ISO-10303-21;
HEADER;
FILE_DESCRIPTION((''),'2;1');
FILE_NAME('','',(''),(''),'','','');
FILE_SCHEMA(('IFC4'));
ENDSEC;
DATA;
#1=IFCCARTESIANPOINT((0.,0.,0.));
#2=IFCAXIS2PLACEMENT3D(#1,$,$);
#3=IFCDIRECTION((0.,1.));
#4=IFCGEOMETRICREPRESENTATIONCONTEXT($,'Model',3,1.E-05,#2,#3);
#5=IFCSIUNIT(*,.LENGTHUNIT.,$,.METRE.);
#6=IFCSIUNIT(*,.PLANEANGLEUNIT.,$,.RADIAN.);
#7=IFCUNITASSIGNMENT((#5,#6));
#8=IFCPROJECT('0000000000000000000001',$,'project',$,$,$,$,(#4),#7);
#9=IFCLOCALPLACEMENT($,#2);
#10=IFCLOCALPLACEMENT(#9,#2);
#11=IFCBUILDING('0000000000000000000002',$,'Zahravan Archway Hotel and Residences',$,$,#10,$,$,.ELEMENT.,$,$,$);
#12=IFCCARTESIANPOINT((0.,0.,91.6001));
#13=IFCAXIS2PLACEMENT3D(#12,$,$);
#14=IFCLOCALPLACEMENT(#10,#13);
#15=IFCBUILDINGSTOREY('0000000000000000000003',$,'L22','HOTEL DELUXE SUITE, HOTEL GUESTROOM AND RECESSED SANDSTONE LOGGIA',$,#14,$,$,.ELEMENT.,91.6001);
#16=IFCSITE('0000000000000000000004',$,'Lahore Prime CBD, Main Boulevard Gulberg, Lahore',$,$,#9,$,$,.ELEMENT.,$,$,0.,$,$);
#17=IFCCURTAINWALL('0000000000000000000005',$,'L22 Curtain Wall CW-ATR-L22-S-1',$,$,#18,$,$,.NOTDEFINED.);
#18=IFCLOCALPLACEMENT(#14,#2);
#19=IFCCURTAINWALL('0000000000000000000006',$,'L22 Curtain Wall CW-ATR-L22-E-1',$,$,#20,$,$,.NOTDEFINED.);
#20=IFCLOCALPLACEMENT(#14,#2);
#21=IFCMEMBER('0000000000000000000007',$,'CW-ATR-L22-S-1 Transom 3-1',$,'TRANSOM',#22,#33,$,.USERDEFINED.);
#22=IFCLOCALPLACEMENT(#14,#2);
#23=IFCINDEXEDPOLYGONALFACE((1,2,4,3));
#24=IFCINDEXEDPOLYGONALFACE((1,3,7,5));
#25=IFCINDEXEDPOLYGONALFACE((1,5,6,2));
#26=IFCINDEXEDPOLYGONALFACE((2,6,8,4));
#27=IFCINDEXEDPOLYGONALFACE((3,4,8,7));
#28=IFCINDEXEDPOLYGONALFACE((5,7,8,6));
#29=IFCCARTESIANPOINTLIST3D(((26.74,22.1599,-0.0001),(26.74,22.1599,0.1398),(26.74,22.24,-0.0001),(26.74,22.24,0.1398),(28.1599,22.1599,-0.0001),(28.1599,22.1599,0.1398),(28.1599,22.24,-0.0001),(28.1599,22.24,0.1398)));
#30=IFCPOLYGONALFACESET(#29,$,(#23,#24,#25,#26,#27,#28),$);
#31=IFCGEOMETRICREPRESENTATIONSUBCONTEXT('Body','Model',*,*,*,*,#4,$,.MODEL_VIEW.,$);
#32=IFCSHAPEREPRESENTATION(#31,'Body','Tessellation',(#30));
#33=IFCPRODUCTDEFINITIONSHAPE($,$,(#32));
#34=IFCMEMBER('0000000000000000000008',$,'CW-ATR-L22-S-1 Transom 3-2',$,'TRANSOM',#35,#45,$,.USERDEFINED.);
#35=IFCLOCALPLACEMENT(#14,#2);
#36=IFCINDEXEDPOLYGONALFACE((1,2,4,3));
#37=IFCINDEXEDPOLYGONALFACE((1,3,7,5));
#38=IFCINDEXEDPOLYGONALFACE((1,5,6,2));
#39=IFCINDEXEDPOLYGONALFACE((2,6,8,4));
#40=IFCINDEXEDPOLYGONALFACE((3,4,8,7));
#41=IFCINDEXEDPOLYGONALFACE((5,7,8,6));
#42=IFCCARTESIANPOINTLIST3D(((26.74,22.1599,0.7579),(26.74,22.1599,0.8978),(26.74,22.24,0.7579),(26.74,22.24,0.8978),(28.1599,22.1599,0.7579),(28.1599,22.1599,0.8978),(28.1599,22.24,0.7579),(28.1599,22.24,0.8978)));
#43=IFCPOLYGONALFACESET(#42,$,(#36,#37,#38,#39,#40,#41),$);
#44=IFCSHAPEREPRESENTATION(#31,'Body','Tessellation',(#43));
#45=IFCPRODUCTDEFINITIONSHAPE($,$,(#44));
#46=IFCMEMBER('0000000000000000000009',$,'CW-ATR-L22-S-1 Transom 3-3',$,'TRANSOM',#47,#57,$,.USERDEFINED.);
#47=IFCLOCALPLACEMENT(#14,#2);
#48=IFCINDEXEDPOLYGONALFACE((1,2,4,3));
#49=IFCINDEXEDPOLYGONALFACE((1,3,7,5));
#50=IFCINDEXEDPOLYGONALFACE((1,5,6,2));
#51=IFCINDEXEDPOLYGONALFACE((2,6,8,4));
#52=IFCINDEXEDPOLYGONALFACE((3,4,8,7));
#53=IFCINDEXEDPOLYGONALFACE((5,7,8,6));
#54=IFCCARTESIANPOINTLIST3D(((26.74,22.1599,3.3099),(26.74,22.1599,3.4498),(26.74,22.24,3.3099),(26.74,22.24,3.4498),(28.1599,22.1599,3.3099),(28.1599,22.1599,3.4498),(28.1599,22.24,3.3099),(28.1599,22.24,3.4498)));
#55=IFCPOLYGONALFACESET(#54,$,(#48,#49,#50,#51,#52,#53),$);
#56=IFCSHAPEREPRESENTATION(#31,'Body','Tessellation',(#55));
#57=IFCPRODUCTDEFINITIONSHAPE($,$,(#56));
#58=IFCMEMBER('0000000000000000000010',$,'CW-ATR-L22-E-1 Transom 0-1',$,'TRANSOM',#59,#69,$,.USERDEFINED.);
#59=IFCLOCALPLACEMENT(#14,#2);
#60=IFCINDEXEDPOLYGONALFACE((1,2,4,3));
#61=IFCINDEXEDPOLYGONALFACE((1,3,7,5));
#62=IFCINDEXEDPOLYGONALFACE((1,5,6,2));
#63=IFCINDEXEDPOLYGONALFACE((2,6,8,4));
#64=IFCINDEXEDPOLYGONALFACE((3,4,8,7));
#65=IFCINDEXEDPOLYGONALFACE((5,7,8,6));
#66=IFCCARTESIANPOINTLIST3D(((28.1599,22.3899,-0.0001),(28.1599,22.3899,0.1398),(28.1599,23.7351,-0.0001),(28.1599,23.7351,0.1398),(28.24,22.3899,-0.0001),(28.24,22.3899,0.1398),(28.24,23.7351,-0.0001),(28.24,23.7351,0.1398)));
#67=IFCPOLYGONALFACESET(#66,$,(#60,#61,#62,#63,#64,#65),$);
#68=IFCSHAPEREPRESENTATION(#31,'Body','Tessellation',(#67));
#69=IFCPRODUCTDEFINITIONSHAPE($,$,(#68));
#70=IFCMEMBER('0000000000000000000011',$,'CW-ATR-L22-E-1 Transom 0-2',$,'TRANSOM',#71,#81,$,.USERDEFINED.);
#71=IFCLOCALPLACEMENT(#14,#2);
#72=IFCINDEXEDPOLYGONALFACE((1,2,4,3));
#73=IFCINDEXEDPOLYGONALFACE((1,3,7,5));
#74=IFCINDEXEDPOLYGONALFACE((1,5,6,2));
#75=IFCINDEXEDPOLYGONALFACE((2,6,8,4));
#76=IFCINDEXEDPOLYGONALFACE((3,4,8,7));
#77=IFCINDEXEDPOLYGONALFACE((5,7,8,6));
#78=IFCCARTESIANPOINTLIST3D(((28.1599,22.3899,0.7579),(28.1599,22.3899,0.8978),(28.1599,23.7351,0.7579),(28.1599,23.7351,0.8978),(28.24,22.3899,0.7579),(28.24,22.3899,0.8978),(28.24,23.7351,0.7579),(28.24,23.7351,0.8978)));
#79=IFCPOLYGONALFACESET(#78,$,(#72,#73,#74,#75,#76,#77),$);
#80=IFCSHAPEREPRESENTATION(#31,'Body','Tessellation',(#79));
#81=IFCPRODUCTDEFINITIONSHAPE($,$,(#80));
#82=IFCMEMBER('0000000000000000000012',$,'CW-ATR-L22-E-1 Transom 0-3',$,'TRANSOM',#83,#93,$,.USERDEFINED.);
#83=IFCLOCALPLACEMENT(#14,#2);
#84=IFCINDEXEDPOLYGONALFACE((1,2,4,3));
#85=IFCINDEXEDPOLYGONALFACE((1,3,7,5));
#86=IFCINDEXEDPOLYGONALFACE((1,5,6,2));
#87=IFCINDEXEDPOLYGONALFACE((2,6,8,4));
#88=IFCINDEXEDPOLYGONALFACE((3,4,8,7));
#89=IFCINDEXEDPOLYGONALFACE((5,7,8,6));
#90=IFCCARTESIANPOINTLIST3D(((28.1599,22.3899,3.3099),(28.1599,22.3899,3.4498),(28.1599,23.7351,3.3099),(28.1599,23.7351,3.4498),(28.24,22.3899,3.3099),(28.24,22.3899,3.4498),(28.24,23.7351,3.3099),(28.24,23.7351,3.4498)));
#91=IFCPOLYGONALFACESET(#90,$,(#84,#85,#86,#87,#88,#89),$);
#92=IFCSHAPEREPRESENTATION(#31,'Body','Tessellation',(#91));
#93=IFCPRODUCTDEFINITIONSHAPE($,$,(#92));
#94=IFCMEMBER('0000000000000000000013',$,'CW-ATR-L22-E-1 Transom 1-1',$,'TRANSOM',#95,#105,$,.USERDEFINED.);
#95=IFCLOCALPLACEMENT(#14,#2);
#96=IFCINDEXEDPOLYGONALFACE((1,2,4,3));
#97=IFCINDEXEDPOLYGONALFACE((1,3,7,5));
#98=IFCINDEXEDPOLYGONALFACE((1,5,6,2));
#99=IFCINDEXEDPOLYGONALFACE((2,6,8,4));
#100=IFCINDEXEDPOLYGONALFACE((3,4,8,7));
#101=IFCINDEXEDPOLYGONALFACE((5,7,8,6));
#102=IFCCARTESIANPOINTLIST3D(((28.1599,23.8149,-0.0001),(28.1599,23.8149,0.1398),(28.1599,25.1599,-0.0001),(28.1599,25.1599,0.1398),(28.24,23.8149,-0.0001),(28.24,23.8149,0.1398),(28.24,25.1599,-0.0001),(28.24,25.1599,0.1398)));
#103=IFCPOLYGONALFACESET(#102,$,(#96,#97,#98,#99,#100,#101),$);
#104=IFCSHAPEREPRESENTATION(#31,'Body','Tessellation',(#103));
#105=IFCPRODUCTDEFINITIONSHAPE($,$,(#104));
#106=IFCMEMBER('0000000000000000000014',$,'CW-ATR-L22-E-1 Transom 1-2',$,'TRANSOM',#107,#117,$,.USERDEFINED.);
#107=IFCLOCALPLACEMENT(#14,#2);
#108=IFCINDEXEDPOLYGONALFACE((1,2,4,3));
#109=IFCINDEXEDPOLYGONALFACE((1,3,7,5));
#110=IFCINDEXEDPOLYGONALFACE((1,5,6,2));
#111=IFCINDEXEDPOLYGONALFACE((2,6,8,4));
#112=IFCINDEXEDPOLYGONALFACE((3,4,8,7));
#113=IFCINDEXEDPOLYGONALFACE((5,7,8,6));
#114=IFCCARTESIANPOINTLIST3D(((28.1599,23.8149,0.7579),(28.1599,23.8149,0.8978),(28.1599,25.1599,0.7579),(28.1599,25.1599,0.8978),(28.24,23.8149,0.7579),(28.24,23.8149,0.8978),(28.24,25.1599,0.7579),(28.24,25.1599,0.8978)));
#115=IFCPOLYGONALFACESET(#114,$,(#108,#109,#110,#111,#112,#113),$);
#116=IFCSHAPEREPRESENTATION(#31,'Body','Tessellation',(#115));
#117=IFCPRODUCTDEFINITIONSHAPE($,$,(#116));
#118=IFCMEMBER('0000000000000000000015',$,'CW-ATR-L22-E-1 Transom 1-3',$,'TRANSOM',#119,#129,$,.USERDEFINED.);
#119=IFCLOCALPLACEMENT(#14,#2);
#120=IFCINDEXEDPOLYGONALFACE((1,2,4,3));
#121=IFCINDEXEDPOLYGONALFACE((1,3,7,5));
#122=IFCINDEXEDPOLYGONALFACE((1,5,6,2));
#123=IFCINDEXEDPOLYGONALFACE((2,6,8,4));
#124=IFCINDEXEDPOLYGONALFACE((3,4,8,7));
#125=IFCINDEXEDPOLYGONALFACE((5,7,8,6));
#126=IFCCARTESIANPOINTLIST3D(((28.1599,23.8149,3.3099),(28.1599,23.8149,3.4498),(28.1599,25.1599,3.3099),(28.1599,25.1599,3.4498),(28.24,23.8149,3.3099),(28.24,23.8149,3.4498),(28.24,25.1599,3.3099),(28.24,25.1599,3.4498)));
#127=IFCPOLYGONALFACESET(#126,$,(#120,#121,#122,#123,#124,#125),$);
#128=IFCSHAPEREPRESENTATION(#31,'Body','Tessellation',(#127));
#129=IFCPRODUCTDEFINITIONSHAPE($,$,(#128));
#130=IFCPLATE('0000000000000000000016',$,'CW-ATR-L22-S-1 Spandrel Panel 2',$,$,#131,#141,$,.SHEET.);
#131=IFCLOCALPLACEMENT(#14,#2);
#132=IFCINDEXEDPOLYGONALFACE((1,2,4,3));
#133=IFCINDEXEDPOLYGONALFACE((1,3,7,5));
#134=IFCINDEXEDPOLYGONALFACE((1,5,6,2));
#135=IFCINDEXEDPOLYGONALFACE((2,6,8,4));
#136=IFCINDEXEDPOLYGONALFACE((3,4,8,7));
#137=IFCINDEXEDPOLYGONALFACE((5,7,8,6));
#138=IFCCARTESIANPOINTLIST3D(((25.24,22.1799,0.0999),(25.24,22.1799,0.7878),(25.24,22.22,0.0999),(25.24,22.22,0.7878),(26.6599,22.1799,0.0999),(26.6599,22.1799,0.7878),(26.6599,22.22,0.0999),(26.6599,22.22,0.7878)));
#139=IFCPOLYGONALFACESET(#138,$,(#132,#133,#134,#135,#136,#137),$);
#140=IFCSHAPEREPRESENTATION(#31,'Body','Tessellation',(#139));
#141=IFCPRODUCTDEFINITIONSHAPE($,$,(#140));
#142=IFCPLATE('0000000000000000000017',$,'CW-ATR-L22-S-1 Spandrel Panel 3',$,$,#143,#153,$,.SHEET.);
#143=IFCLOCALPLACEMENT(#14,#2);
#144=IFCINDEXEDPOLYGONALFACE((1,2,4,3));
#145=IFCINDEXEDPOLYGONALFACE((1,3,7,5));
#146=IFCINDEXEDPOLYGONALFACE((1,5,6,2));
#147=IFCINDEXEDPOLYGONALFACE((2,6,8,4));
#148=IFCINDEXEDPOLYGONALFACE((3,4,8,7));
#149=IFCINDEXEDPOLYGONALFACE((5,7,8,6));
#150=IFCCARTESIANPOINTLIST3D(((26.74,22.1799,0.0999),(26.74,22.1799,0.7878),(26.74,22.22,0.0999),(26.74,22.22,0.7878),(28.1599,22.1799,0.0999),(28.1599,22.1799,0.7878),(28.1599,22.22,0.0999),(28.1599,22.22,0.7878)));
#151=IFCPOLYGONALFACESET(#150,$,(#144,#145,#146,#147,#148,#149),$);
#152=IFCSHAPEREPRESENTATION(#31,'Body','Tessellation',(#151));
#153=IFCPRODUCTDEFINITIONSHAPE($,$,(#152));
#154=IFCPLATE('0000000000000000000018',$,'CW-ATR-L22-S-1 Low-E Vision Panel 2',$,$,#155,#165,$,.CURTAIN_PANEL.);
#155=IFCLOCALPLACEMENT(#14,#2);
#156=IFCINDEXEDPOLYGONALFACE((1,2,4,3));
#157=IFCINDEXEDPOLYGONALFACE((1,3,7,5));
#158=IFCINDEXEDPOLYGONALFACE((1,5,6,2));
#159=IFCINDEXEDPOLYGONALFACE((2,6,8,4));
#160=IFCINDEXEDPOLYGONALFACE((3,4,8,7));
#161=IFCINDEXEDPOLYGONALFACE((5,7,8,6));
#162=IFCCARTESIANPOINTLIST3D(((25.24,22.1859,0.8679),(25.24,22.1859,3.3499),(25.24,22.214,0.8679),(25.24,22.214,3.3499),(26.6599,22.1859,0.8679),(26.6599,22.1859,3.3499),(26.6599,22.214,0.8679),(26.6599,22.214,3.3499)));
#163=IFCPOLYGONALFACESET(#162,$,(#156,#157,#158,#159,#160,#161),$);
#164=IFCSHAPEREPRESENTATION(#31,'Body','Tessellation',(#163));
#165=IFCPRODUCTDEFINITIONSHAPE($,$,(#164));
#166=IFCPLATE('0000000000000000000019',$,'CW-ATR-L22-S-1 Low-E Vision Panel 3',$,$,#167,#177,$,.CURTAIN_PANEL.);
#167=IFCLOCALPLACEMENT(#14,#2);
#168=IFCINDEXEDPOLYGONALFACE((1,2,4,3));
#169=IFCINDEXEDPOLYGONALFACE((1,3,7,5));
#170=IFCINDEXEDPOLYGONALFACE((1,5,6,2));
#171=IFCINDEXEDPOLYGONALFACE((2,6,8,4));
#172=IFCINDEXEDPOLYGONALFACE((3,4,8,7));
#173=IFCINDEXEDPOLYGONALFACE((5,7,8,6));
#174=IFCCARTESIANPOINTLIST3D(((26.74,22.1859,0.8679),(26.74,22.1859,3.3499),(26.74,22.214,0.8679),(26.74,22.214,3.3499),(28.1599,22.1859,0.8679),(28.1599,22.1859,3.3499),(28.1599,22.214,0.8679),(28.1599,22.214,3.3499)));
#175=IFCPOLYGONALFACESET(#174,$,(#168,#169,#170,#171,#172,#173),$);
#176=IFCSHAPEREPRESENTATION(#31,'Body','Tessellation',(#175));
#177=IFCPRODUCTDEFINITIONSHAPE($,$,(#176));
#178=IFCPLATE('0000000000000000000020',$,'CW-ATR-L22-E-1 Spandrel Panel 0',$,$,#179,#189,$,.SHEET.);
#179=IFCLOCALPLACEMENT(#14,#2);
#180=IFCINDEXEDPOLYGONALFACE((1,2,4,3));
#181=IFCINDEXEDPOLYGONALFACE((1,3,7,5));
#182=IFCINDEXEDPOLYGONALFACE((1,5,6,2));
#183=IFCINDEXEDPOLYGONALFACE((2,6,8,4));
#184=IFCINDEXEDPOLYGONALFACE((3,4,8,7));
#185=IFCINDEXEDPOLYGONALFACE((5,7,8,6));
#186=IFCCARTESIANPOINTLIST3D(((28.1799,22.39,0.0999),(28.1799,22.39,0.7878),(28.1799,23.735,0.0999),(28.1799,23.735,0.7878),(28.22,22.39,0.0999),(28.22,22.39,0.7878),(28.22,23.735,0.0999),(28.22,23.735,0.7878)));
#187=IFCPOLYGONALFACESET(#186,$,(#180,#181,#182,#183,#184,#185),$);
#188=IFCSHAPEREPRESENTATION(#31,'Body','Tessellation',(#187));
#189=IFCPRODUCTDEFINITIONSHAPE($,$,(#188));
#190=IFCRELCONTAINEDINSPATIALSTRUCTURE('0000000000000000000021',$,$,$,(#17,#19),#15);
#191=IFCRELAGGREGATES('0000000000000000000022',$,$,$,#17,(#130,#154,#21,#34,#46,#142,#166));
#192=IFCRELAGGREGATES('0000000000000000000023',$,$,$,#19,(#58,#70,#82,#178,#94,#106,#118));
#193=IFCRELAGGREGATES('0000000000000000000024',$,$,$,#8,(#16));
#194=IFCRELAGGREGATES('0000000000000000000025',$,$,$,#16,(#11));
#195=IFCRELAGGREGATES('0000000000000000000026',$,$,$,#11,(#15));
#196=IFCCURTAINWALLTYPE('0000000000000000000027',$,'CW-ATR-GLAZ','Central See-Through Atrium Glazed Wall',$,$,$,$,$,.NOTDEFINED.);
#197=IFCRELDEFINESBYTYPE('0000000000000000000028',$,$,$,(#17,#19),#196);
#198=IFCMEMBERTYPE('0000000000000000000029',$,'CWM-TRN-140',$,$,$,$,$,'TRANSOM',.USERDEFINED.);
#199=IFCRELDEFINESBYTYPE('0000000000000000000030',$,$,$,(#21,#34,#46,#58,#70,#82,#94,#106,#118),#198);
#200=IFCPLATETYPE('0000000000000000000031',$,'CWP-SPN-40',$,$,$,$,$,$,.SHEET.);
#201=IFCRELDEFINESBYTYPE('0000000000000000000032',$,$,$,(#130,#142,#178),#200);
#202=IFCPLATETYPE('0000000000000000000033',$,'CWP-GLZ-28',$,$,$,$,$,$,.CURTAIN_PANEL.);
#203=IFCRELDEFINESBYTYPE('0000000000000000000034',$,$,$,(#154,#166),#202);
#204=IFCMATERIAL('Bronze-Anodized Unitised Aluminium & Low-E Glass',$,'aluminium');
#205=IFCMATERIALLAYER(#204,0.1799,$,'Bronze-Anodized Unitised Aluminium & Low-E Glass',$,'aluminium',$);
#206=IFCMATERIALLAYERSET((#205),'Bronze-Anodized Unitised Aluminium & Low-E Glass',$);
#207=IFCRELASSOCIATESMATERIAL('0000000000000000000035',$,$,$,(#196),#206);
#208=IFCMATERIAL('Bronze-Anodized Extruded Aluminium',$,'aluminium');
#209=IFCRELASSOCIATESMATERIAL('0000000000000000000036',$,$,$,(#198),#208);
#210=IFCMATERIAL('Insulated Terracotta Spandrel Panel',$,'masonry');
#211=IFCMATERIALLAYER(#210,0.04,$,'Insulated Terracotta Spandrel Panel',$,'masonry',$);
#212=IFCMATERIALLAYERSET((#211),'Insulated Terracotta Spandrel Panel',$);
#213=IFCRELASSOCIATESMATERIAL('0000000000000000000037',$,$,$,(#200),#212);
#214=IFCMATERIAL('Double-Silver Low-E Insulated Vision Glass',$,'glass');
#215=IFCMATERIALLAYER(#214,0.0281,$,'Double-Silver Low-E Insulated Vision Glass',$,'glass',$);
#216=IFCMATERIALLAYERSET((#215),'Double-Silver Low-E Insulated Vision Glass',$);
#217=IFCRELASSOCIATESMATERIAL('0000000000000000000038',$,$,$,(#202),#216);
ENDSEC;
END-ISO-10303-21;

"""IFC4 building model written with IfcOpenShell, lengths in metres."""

from ifc_helpers import new_model, si_unit, direction, frame, origin, origin_2d, place, context, subcontext, project, spatial, rectangle, extrude, source, transform, mapped, material, layer, layer_set, material_profile, profile_set, type_object, element, aggregate, save


model = new_model("IFC4")

# Units and contexts
model_context = context("Model", 3, precision=1e-05, world=origin(), true_north=direction((0.0, 1.0)))
body_context = subcontext(model_context, "Body", "Model", "MODEL_VIEW")
ifc_project = project(units=[si_unit("LENGTHUNIT", "METRE"), si_unit("PLANEANGLEUNIT", "RADIAN")], contexts=[model_context])

# Site, building, storey
site_placement = place(None, origin())
site = spatial("IfcSite", under=ifc_project, at=site_placement, Name="Lahore Prime CBD, Main Boulevard Gulberg, Lahore", CompositionType="ELEMENT", RefElevation=0.0)
building_placement = place(site_placement, origin())
building = spatial("IfcBuilding", under=site, at=building_placement, Name="Zahravan Archway Hotel and Residences", CompositionType="ELEMENT")
storey_placement = place(building_placement, frame((0.0, 0.0, 91.6001)))
storey = spatial("IfcBuildingStorey", under=building, at=storey_placement, Name="L22", Description="HOTEL DELUXE SUITE, HOTEL GUESTROOM AND RECESSED SANDSTONE LOGGIA", CompositionType="ELEMENT", Elevation=91.6001)

# Curtain walls
ifc_material_1 = material(Name="Bronze-Anodized Unitised Aluminium & Low-E Glass", Category="aluminium")
ifc_layer_1 = layer(ifc_material_1, 0.1799, Name="Bronze-Anodized Unitised Aluminium & Low-E Glass", Category="aluminium")
ifc_layer_set_1 = layer_set([ifc_layer_1], Name="Bronze-Anodized Unitised Aluminium & Low-E Glass")
curtain_wall_type = type_object("IfcCurtainWallType", Name="CW-ATR-GLAZ", Description="Central See-Through Atrium Glazed Wall", PredefinedType="NOTDEFINED", material=ifc_layer_set_1)
curtain_wall_1_placement = place(storey_placement, origin())
curtain_wall_1 = element("IfcCurtainWall", 1, at=curtain_wall_1_placement, inside=storey, type_object=curtain_wall_type, Name="L22 Curtain Wall CW-ATR-L22-S-1", PredefinedType="NOTDEFINED")
ifc_material_2 = material(Name="Bronze-Anodized Extruded Aluminium", Category="aluminium")
curtain_wall_2_placement = place(storey_placement, origin())
curtain_wall_2 = element("IfcCurtainWall", 2, at=curtain_wall_2_placement, inside=storey, type_object=curtain_wall_type, Name="L22 Curtain Wall CW-ATR-L22-E-1", PredefinedType="NOTDEFINED")

# Members
ifc_material_profile_1 = material_profile(ifc_material_2, rectangle(XDim=0.0801, YDim=0.1399, at=origin_2d()), Name="TRN 80x140", Category="aluminium")
ifc_profile_set_1 = profile_set([ifc_material_profile_1], Name="Bronze-Anodized Extruded Aluminium")
member_type_1 = type_object("IfcMemberType", Name="CWM-TRN-140", ElementType="TRANSOM", PredefinedType="USERDEFINED", material=ifc_profile_set_1)
shared_shape_1 = source(origin(), body_context, "Body", "SweptSolid", [
    extrude(rectangle(XDim=0.0801, YDim=0.1399, at=origin_2d()), origin(), (0.0, 0.0, 1.0), 1.4199),
])
member_1_placement = place(storey_placement, frame((26.74, 22.2, 0.0698), z_axis=(1.0, 0.0, 0.0), x_axis=(0.0, 1.0, 0.0)))
member_1 = element("IfcMember", 3, at=member_1_placement, type_object=member_type_1, Name="CW-ATR-L22-S-1 Transom 3-1", ObjectType="TRANSOM", PredefinedType="USERDEFINED", context=body_context, shape_type="MappedRepresentation", body=[
    mapped(shared_shape_1, transform((0.0, 0.0, 0.0), scale=1.0)),
])
member_2_placement = place(storey_placement, frame((26.74, 22.2, 0.8279), z_axis=(1.0, 0.0, 0.0), x_axis=(0.0, 1.0, 0.0)))
member_2 = element("IfcMember", 4, at=member_2_placement, type_object=member_type_1, Name="CW-ATR-L22-S-1 Transom 3-2", ObjectType="TRANSOM", PredefinedType="USERDEFINED", context=body_context, shape_type="MappedRepresentation", body=[
    mapped(shared_shape_1, transform((0.0, 0.0, 0.0), scale=1.0)),
])
member_3_placement = place(storey_placement, frame((26.74, 22.2, 3.3799), z_axis=(1.0, 0.0, 0.0), x_axis=(0.0, 1.0, 0.0)))
member_3 = element("IfcMember", 5, at=member_3_placement, type_object=member_type_1, Name="CW-ATR-L22-S-1 Transom 3-3", ObjectType="TRANSOM", PredefinedType="USERDEFINED", context=body_context, shape_type="MappedRepresentation", body=[
    mapped(shared_shape_1, transform((0.0, 0.0, 0.0), scale=1.0)),
])
shared_shape_2 = source(origin(), body_context, "Body", "SweptSolid", [
    extrude(rectangle(XDim=0.0801, YDim=0.1399, at=origin_2d()), origin(), (0.0, 0.0, 1.0), 1.3452),
])
member_4_placement = place(storey_placement, frame((28.2, 22.3899, 0.0698), z_axis=(0.0, 1.0, 0.0), x_axis=(-1.0, 0.0, 0.0)))
member_4 = element("IfcMember", 6, at=member_4_placement, type_object=member_type_1, Name="CW-ATR-L22-E-1 Transom 0-1", ObjectType="TRANSOM", PredefinedType="USERDEFINED", context=body_context, shape_type="MappedRepresentation", body=[
    mapped(shared_shape_2, transform((0.0, 0.0, 0.0), scale=1.0)),
])
member_5_placement = place(storey_placement, frame((28.2, 22.3899, 0.8279), z_axis=(0.0, 1.0, 0.0), x_axis=(-1.0, 0.0, 0.0)))
member_5 = element("IfcMember", 7, at=member_5_placement, type_object=member_type_1, Name="CW-ATR-L22-E-1 Transom 0-2", ObjectType="TRANSOM", PredefinedType="USERDEFINED", context=body_context, shape_type="MappedRepresentation", body=[
    mapped(shared_shape_2, transform((0.0, 0.0, 0.0), scale=1.0)),
])
member_6_placement = place(storey_placement, frame((28.2, 22.3899, 3.3799), z_axis=(0.0, 1.0, 0.0), x_axis=(-1.0, 0.0, 0.0)))
member_6 = element("IfcMember", 8, at=member_6_placement, type_object=member_type_1, Name="CW-ATR-L22-E-1 Transom 0-3", ObjectType="TRANSOM", PredefinedType="USERDEFINED", context=body_context, shape_type="MappedRepresentation", body=[
    mapped(shared_shape_2, transform((0.0, 0.0, 0.0), scale=1.0)),
])
shared_shape_3 = source(origin(), body_context, "Body", "SweptSolid", [
    extrude(rectangle(XDim=0.0801, YDim=0.1399, at=origin_2d()), origin(), (0.0, 0.0, 1.0), 1.345),
])
member_7_placement = place(storey_placement, frame((28.2, 23.8149, 0.0698), z_axis=(0.0, 1.0, 0.0), x_axis=(-1.0, 0.0, 0.0)))
member_7 = element("IfcMember", 9, at=member_7_placement, type_object=member_type_1, Name="CW-ATR-L22-E-1 Transom 1-1", ObjectType="TRANSOM", PredefinedType="USERDEFINED", context=body_context, shape_type="MappedRepresentation", body=[
    mapped(shared_shape_3, transform((0.0, 0.0, 0.0), scale=1.0)),
])
member_8_placement = place(storey_placement, frame((28.2, 23.8149, 0.8279), z_axis=(0.0, 1.0, 0.0), x_axis=(-1.0, 0.0, 0.0)))
member_8 = element("IfcMember", 10, at=member_8_placement, type_object=member_type_1, Name="CW-ATR-L22-E-1 Transom 1-2", ObjectType="TRANSOM", PredefinedType="USERDEFINED", context=body_context, shape_type="MappedRepresentation", body=[
    mapped(shared_shape_3, transform((0.0, 0.0, 0.0), scale=1.0)),
])
member_9_placement = place(storey_placement, frame((28.2, 23.8149, 3.3799), z_axis=(0.0, 1.0, 0.0), x_axis=(-1.0, 0.0, 0.0)))
member_9 = element("IfcMember", 11, at=member_9_placement, type_object=member_type_1, Name="CW-ATR-L22-E-1 Transom 1-3", ObjectType="TRANSOM", PredefinedType="USERDEFINED", context=body_context, shape_type="MappedRepresentation", body=[
    mapped(shared_shape_3, transform((0.0, 0.0, 0.0), scale=1.0)),
])

# Plates
ifc_material_3 = material(Name="Insulated Terracotta Spandrel Panel", Category="masonry")
ifc_layer_2 = layer(ifc_material_3, 0.04, Name="Insulated Terracotta Spandrel Panel", Category="masonry")
ifc_layer_set_2 = layer_set([ifc_layer_2], Name="Insulated Terracotta Spandrel Panel")
plate_type_1 = type_object("IfcPlateType", Name="CWP-SPN-40", PredefinedType="SHEET", material=ifc_layer_set_2)
shared_shape_4 = source(origin(), body_context, "Body", "SweptSolid", [
    extrude(rectangle(XDim=1.4199, YDim=0.04, at=origin_2d()), origin(), (0.0, 0.0, 1.0), 0.688),
])
plate_1_placement = place(storey_placement, frame((25.95, 22.2, 0.0999), z_axis=(0.0, 0.0, 1.0), x_axis=(1.0, 0.0, 0.0)))
plate_1 = element("IfcPlate", 12, at=plate_1_placement, type_object=plate_type_1, Name="CW-ATR-L22-S-1 Spandrel Panel 2", PredefinedType="SHEET", context=body_context, shape_type="MappedRepresentation", body=[
    mapped(shared_shape_4, transform((0.0, 0.0, 0.0), scale=1.0)),
])
plate_2_placement = place(storey_placement, frame((27.45, 22.2, 0.0999), z_axis=(0.0, 0.0, 1.0), x_axis=(1.0, 0.0, 0.0)))
plate_2 = element("IfcPlate", 13, at=plate_2_placement, type_object=plate_type_1, Name="CW-ATR-L22-S-1 Spandrel Panel 3", PredefinedType="SHEET", context=body_context, shape_type="MappedRepresentation", body=[
    mapped(shared_shape_4, transform((0.0, 0.0, 0.0), scale=1.0)),
])
ifc_material_4 = material(Name="Double-Silver Low-E Insulated Vision Glass", Category="glass")
ifc_layer_3 = layer(ifc_material_4, 0.0281, Name="Double-Silver Low-E Insulated Vision Glass", Category="glass")
ifc_layer_set_3 = layer_set([ifc_layer_3], Name="Double-Silver Low-E Insulated Vision Glass")
plate_type_2 = type_object("IfcPlateType", Name="CWP-GLZ-28", PredefinedType="CURTAIN_PANEL", material=ifc_layer_set_3)
shared_shape_5 = source(origin(), body_context, "Body", "SweptSolid", [
    extrude(rectangle(XDim=1.4199, YDim=0.0281, at=origin_2d()), origin(), (0.0, 0.0, 1.0), 2.4819),
])
plate_3_placement = place(storey_placement, frame((25.95, 22.2, 0.8679), z_axis=(0.0, 0.0, 1.0), x_axis=(1.0, 0.0, 0.0)))
plate_3 = element("IfcPlate", 14, at=plate_3_placement, type_object=plate_type_2, Name="CW-ATR-L22-S-1 Low-E Vision Panel 2", PredefinedType="CURTAIN_PANEL", context=body_context, shape_type="MappedRepresentation", body=[
    mapped(shared_shape_5, transform((0.0, 0.0, 0.0), scale=1.0)),
])
plate_4_placement = place(storey_placement, frame((27.45, 22.2, 0.8679), z_axis=(0.0, 0.0, 1.0), x_axis=(1.0, 0.0, 0.0)))
plate_4 = element("IfcPlate", 15, at=plate_4_placement, type_object=plate_type_2, Name="CW-ATR-L22-S-1 Low-E Vision Panel 3", PredefinedType="CURTAIN_PANEL", context=body_context, shape_type="MappedRepresentation", body=[
    mapped(shared_shape_5, transform((0.0, 0.0, 0.0), scale=1.0)),
])
aggregate(curtain_wall_1, [plate_1, plate_3, member_1, member_2, member_3, plate_2, plate_4])
shared_shape_6 = source(origin(), body_context, "Body", "SweptSolid", [
    extrude(rectangle(XDim=1.345, YDim=0.04, at=origin_2d()), origin(), (0.0, 0.0, 1.0), 0.688),
])
plate_5_placement = place(storey_placement, frame((28.2, 23.0625, 0.0999), z_axis=(0.0, 0.0, 1.0), x_axis=(0.0, 1.0, 0.0)))
plate_5 = element("IfcPlate", 16, at=plate_5_placement, type_object=plate_type_1, Name="CW-ATR-L22-E-1 Spandrel Panel 0", PredefinedType="SHEET", context=body_context, shape_type="MappedRepresentation", body=[
    mapped(shared_shape_6, transform((0.0, 0.0, 0.0), scale=1.0)),
])
aggregate(curtain_wall_2, [member_4, member_5, member_6, plate_5, member_7, member_8, member_9])

save(model, "model.ifc")
